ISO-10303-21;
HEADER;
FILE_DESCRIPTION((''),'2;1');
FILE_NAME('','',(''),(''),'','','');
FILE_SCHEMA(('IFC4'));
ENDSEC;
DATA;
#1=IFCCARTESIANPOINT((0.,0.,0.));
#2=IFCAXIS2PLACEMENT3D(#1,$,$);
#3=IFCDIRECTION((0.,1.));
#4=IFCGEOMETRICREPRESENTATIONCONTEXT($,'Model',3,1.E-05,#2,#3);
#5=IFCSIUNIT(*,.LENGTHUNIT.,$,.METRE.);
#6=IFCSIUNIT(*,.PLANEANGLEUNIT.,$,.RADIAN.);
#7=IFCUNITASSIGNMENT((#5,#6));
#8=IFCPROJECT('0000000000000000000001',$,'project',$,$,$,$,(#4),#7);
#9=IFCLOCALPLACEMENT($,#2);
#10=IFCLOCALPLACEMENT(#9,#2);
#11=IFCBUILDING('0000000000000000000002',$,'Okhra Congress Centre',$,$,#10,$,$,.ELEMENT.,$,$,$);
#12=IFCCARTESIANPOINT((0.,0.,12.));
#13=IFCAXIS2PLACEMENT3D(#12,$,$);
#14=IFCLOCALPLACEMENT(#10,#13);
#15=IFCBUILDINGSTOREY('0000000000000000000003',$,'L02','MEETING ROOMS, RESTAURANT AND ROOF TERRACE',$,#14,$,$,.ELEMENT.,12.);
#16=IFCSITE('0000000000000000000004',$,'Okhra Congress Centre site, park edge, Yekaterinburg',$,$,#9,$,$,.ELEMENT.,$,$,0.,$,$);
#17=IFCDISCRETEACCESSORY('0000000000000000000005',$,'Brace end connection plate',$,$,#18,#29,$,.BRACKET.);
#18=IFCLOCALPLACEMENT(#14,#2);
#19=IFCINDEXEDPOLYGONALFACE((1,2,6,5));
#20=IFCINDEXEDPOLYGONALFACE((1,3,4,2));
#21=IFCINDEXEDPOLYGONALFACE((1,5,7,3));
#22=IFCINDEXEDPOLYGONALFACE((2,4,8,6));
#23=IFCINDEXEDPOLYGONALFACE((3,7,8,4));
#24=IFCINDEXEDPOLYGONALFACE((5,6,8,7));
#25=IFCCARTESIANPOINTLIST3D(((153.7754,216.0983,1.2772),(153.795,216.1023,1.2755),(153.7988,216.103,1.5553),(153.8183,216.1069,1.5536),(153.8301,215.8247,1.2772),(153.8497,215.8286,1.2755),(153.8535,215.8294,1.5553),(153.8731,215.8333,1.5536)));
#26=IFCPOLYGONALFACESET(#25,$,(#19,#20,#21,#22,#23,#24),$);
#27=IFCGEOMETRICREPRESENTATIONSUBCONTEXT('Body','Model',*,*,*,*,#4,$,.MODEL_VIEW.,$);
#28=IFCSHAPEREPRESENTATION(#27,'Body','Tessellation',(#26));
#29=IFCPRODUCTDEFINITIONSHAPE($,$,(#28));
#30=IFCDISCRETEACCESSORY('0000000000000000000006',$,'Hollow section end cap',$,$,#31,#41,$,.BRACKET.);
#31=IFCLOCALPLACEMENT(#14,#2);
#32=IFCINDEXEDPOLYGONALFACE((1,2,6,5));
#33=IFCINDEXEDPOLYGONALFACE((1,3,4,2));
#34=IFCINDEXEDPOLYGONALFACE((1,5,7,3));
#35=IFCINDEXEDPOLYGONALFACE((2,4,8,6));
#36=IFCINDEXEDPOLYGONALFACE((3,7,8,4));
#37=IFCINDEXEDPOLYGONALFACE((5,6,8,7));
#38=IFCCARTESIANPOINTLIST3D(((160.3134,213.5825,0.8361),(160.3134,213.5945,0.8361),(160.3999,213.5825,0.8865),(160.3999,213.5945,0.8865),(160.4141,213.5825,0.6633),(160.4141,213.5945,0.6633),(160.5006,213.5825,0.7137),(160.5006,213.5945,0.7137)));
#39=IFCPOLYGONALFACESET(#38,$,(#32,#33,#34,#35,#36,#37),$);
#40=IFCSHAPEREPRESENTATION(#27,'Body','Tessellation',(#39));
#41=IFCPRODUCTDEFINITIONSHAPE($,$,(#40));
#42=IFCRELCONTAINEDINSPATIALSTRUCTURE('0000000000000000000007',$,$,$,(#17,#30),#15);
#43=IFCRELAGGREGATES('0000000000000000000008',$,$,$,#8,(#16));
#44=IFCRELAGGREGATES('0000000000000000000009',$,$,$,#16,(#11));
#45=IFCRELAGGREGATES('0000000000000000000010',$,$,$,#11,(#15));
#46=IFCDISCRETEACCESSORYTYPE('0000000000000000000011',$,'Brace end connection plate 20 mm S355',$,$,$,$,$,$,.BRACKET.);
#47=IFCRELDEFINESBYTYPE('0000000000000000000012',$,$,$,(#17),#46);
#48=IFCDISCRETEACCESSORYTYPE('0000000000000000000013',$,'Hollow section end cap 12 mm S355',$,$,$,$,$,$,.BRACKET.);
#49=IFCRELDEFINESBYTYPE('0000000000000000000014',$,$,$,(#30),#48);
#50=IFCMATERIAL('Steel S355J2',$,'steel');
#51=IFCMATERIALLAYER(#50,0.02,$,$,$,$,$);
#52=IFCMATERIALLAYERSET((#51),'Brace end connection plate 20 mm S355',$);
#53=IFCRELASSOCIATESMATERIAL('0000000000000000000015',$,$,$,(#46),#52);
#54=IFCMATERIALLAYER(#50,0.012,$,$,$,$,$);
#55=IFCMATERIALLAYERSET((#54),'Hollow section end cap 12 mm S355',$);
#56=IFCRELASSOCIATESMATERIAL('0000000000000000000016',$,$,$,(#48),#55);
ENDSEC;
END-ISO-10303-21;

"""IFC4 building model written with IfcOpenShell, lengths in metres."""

from ifc_helpers import new_model, si_unit, direction, frame, origin, origin_2d, place, context, subcontext, project, spatial, rectangle, extrude, material, layer, layer_set, type_object, element, save


model = new_model("IFC4")

# Units and contexts
model_context = context("Model", 3, precision=1e-05, world=origin(), true_north=direction((0.0, 1.0)))
body_context = subcontext(model_context, "Body", "Model", "MODEL_VIEW")
ifc_project = project(units=[si_unit("LENGTHUNIT", "METRE"), si_unit("PLANEANGLEUNIT", "RADIAN")], contexts=[model_context])

# Site, building, storey
site_placement = place(None, origin())
site = spatial("IfcSite", under=ifc_project, at=site_placement, Name="Okhra Congress Centre site, park edge, Yekaterinburg", CompositionType="ELEMENT", RefElevation=0.0)
building_placement = place(site_placement, origin())
building = spatial("IfcBuilding", under=site, at=building_placement, Name="Okhra Congress Centre", CompositionType="ELEMENT")
storey_placement = place(building_placement, frame((0.0, 0.0, 12.0)))
storey = spatial("IfcBuildingStorey", under=building, at=storey_placement, Name="L02", Description="MEETING ROOMS, RESTAURANT AND ROOF TERRACE", CompositionType="ELEMENT", Elevation=12.0)

# Shared definitions
ifc_material_1 = material(Name="Steel S355J2", Category="steel")

# Discrete accessories
ifc_layer_1 = layer(ifc_material_1, 0.02)
ifc_layer_set_1 = layer_set([ifc_layer_1], Name="Brace end connection plate 20 mm S355")
discrete_accessory_type_1 = type_object("IfcDiscreteAccessoryType", Name="Brace end connection plate 20 mm S355", PredefinedType="BRACKET", material=ifc_layer_set_1)
discrete_accessory_1_placement = place(storey_placement, frame((153.8145, 215.9639, 1.4163), z_axis=(0.976991, 0.195398, -0.085487), x_axis=(-0.196116, 0.980581, 0.0)))
element("IfcDiscreteAccessory", 1, at=discrete_accessory_1_placement, inside=storey, type_object=discrete_accessory_type_1, Name="Brace end connection plate", PredefinedType="BRACKET", context=body_context, shape_type="SweptSolid", body=[
    extrude(rectangle(XDim=0.2791, YDim=0.2791, at=origin_2d()), origin(), (0.0, 0.0, 1.0), 0.02),
])
ifc_layer_2 = layer(ifc_material_1, 0.012)
ifc_layer_set_2 = layer_set([ifc_layer_2], Name="Hollow section end cap 12 mm S355")
discrete_accessory_type_2 = type_object("IfcDiscreteAccessoryType", Name="Hollow section end cap 12 mm S355", PredefinedType="BRACKET", material=ifc_layer_set_2)
discrete_accessory_2_placement = place(storey_placement, frame((160.407, 213.5825, 0.7749), z_axis=(0.0, 1.0, 0.0), x_axis=(-0.863917, 0.0, -0.503634)))
element("IfcDiscreteAccessory", 2, at=discrete_accessory_2_placement, inside=storey, type_object=discrete_accessory_type_2, Name="Hollow section end cap", PredefinedType="BRACKET", context=body_context, shape_type="SweptSolid", body=[
    extrude(rectangle(XDim=0.1001, YDim=0.2, at=origin_2d()), origin(), (0.0, 0.0, 1.0), 0.012),
])

save(model, "model.ifc")
